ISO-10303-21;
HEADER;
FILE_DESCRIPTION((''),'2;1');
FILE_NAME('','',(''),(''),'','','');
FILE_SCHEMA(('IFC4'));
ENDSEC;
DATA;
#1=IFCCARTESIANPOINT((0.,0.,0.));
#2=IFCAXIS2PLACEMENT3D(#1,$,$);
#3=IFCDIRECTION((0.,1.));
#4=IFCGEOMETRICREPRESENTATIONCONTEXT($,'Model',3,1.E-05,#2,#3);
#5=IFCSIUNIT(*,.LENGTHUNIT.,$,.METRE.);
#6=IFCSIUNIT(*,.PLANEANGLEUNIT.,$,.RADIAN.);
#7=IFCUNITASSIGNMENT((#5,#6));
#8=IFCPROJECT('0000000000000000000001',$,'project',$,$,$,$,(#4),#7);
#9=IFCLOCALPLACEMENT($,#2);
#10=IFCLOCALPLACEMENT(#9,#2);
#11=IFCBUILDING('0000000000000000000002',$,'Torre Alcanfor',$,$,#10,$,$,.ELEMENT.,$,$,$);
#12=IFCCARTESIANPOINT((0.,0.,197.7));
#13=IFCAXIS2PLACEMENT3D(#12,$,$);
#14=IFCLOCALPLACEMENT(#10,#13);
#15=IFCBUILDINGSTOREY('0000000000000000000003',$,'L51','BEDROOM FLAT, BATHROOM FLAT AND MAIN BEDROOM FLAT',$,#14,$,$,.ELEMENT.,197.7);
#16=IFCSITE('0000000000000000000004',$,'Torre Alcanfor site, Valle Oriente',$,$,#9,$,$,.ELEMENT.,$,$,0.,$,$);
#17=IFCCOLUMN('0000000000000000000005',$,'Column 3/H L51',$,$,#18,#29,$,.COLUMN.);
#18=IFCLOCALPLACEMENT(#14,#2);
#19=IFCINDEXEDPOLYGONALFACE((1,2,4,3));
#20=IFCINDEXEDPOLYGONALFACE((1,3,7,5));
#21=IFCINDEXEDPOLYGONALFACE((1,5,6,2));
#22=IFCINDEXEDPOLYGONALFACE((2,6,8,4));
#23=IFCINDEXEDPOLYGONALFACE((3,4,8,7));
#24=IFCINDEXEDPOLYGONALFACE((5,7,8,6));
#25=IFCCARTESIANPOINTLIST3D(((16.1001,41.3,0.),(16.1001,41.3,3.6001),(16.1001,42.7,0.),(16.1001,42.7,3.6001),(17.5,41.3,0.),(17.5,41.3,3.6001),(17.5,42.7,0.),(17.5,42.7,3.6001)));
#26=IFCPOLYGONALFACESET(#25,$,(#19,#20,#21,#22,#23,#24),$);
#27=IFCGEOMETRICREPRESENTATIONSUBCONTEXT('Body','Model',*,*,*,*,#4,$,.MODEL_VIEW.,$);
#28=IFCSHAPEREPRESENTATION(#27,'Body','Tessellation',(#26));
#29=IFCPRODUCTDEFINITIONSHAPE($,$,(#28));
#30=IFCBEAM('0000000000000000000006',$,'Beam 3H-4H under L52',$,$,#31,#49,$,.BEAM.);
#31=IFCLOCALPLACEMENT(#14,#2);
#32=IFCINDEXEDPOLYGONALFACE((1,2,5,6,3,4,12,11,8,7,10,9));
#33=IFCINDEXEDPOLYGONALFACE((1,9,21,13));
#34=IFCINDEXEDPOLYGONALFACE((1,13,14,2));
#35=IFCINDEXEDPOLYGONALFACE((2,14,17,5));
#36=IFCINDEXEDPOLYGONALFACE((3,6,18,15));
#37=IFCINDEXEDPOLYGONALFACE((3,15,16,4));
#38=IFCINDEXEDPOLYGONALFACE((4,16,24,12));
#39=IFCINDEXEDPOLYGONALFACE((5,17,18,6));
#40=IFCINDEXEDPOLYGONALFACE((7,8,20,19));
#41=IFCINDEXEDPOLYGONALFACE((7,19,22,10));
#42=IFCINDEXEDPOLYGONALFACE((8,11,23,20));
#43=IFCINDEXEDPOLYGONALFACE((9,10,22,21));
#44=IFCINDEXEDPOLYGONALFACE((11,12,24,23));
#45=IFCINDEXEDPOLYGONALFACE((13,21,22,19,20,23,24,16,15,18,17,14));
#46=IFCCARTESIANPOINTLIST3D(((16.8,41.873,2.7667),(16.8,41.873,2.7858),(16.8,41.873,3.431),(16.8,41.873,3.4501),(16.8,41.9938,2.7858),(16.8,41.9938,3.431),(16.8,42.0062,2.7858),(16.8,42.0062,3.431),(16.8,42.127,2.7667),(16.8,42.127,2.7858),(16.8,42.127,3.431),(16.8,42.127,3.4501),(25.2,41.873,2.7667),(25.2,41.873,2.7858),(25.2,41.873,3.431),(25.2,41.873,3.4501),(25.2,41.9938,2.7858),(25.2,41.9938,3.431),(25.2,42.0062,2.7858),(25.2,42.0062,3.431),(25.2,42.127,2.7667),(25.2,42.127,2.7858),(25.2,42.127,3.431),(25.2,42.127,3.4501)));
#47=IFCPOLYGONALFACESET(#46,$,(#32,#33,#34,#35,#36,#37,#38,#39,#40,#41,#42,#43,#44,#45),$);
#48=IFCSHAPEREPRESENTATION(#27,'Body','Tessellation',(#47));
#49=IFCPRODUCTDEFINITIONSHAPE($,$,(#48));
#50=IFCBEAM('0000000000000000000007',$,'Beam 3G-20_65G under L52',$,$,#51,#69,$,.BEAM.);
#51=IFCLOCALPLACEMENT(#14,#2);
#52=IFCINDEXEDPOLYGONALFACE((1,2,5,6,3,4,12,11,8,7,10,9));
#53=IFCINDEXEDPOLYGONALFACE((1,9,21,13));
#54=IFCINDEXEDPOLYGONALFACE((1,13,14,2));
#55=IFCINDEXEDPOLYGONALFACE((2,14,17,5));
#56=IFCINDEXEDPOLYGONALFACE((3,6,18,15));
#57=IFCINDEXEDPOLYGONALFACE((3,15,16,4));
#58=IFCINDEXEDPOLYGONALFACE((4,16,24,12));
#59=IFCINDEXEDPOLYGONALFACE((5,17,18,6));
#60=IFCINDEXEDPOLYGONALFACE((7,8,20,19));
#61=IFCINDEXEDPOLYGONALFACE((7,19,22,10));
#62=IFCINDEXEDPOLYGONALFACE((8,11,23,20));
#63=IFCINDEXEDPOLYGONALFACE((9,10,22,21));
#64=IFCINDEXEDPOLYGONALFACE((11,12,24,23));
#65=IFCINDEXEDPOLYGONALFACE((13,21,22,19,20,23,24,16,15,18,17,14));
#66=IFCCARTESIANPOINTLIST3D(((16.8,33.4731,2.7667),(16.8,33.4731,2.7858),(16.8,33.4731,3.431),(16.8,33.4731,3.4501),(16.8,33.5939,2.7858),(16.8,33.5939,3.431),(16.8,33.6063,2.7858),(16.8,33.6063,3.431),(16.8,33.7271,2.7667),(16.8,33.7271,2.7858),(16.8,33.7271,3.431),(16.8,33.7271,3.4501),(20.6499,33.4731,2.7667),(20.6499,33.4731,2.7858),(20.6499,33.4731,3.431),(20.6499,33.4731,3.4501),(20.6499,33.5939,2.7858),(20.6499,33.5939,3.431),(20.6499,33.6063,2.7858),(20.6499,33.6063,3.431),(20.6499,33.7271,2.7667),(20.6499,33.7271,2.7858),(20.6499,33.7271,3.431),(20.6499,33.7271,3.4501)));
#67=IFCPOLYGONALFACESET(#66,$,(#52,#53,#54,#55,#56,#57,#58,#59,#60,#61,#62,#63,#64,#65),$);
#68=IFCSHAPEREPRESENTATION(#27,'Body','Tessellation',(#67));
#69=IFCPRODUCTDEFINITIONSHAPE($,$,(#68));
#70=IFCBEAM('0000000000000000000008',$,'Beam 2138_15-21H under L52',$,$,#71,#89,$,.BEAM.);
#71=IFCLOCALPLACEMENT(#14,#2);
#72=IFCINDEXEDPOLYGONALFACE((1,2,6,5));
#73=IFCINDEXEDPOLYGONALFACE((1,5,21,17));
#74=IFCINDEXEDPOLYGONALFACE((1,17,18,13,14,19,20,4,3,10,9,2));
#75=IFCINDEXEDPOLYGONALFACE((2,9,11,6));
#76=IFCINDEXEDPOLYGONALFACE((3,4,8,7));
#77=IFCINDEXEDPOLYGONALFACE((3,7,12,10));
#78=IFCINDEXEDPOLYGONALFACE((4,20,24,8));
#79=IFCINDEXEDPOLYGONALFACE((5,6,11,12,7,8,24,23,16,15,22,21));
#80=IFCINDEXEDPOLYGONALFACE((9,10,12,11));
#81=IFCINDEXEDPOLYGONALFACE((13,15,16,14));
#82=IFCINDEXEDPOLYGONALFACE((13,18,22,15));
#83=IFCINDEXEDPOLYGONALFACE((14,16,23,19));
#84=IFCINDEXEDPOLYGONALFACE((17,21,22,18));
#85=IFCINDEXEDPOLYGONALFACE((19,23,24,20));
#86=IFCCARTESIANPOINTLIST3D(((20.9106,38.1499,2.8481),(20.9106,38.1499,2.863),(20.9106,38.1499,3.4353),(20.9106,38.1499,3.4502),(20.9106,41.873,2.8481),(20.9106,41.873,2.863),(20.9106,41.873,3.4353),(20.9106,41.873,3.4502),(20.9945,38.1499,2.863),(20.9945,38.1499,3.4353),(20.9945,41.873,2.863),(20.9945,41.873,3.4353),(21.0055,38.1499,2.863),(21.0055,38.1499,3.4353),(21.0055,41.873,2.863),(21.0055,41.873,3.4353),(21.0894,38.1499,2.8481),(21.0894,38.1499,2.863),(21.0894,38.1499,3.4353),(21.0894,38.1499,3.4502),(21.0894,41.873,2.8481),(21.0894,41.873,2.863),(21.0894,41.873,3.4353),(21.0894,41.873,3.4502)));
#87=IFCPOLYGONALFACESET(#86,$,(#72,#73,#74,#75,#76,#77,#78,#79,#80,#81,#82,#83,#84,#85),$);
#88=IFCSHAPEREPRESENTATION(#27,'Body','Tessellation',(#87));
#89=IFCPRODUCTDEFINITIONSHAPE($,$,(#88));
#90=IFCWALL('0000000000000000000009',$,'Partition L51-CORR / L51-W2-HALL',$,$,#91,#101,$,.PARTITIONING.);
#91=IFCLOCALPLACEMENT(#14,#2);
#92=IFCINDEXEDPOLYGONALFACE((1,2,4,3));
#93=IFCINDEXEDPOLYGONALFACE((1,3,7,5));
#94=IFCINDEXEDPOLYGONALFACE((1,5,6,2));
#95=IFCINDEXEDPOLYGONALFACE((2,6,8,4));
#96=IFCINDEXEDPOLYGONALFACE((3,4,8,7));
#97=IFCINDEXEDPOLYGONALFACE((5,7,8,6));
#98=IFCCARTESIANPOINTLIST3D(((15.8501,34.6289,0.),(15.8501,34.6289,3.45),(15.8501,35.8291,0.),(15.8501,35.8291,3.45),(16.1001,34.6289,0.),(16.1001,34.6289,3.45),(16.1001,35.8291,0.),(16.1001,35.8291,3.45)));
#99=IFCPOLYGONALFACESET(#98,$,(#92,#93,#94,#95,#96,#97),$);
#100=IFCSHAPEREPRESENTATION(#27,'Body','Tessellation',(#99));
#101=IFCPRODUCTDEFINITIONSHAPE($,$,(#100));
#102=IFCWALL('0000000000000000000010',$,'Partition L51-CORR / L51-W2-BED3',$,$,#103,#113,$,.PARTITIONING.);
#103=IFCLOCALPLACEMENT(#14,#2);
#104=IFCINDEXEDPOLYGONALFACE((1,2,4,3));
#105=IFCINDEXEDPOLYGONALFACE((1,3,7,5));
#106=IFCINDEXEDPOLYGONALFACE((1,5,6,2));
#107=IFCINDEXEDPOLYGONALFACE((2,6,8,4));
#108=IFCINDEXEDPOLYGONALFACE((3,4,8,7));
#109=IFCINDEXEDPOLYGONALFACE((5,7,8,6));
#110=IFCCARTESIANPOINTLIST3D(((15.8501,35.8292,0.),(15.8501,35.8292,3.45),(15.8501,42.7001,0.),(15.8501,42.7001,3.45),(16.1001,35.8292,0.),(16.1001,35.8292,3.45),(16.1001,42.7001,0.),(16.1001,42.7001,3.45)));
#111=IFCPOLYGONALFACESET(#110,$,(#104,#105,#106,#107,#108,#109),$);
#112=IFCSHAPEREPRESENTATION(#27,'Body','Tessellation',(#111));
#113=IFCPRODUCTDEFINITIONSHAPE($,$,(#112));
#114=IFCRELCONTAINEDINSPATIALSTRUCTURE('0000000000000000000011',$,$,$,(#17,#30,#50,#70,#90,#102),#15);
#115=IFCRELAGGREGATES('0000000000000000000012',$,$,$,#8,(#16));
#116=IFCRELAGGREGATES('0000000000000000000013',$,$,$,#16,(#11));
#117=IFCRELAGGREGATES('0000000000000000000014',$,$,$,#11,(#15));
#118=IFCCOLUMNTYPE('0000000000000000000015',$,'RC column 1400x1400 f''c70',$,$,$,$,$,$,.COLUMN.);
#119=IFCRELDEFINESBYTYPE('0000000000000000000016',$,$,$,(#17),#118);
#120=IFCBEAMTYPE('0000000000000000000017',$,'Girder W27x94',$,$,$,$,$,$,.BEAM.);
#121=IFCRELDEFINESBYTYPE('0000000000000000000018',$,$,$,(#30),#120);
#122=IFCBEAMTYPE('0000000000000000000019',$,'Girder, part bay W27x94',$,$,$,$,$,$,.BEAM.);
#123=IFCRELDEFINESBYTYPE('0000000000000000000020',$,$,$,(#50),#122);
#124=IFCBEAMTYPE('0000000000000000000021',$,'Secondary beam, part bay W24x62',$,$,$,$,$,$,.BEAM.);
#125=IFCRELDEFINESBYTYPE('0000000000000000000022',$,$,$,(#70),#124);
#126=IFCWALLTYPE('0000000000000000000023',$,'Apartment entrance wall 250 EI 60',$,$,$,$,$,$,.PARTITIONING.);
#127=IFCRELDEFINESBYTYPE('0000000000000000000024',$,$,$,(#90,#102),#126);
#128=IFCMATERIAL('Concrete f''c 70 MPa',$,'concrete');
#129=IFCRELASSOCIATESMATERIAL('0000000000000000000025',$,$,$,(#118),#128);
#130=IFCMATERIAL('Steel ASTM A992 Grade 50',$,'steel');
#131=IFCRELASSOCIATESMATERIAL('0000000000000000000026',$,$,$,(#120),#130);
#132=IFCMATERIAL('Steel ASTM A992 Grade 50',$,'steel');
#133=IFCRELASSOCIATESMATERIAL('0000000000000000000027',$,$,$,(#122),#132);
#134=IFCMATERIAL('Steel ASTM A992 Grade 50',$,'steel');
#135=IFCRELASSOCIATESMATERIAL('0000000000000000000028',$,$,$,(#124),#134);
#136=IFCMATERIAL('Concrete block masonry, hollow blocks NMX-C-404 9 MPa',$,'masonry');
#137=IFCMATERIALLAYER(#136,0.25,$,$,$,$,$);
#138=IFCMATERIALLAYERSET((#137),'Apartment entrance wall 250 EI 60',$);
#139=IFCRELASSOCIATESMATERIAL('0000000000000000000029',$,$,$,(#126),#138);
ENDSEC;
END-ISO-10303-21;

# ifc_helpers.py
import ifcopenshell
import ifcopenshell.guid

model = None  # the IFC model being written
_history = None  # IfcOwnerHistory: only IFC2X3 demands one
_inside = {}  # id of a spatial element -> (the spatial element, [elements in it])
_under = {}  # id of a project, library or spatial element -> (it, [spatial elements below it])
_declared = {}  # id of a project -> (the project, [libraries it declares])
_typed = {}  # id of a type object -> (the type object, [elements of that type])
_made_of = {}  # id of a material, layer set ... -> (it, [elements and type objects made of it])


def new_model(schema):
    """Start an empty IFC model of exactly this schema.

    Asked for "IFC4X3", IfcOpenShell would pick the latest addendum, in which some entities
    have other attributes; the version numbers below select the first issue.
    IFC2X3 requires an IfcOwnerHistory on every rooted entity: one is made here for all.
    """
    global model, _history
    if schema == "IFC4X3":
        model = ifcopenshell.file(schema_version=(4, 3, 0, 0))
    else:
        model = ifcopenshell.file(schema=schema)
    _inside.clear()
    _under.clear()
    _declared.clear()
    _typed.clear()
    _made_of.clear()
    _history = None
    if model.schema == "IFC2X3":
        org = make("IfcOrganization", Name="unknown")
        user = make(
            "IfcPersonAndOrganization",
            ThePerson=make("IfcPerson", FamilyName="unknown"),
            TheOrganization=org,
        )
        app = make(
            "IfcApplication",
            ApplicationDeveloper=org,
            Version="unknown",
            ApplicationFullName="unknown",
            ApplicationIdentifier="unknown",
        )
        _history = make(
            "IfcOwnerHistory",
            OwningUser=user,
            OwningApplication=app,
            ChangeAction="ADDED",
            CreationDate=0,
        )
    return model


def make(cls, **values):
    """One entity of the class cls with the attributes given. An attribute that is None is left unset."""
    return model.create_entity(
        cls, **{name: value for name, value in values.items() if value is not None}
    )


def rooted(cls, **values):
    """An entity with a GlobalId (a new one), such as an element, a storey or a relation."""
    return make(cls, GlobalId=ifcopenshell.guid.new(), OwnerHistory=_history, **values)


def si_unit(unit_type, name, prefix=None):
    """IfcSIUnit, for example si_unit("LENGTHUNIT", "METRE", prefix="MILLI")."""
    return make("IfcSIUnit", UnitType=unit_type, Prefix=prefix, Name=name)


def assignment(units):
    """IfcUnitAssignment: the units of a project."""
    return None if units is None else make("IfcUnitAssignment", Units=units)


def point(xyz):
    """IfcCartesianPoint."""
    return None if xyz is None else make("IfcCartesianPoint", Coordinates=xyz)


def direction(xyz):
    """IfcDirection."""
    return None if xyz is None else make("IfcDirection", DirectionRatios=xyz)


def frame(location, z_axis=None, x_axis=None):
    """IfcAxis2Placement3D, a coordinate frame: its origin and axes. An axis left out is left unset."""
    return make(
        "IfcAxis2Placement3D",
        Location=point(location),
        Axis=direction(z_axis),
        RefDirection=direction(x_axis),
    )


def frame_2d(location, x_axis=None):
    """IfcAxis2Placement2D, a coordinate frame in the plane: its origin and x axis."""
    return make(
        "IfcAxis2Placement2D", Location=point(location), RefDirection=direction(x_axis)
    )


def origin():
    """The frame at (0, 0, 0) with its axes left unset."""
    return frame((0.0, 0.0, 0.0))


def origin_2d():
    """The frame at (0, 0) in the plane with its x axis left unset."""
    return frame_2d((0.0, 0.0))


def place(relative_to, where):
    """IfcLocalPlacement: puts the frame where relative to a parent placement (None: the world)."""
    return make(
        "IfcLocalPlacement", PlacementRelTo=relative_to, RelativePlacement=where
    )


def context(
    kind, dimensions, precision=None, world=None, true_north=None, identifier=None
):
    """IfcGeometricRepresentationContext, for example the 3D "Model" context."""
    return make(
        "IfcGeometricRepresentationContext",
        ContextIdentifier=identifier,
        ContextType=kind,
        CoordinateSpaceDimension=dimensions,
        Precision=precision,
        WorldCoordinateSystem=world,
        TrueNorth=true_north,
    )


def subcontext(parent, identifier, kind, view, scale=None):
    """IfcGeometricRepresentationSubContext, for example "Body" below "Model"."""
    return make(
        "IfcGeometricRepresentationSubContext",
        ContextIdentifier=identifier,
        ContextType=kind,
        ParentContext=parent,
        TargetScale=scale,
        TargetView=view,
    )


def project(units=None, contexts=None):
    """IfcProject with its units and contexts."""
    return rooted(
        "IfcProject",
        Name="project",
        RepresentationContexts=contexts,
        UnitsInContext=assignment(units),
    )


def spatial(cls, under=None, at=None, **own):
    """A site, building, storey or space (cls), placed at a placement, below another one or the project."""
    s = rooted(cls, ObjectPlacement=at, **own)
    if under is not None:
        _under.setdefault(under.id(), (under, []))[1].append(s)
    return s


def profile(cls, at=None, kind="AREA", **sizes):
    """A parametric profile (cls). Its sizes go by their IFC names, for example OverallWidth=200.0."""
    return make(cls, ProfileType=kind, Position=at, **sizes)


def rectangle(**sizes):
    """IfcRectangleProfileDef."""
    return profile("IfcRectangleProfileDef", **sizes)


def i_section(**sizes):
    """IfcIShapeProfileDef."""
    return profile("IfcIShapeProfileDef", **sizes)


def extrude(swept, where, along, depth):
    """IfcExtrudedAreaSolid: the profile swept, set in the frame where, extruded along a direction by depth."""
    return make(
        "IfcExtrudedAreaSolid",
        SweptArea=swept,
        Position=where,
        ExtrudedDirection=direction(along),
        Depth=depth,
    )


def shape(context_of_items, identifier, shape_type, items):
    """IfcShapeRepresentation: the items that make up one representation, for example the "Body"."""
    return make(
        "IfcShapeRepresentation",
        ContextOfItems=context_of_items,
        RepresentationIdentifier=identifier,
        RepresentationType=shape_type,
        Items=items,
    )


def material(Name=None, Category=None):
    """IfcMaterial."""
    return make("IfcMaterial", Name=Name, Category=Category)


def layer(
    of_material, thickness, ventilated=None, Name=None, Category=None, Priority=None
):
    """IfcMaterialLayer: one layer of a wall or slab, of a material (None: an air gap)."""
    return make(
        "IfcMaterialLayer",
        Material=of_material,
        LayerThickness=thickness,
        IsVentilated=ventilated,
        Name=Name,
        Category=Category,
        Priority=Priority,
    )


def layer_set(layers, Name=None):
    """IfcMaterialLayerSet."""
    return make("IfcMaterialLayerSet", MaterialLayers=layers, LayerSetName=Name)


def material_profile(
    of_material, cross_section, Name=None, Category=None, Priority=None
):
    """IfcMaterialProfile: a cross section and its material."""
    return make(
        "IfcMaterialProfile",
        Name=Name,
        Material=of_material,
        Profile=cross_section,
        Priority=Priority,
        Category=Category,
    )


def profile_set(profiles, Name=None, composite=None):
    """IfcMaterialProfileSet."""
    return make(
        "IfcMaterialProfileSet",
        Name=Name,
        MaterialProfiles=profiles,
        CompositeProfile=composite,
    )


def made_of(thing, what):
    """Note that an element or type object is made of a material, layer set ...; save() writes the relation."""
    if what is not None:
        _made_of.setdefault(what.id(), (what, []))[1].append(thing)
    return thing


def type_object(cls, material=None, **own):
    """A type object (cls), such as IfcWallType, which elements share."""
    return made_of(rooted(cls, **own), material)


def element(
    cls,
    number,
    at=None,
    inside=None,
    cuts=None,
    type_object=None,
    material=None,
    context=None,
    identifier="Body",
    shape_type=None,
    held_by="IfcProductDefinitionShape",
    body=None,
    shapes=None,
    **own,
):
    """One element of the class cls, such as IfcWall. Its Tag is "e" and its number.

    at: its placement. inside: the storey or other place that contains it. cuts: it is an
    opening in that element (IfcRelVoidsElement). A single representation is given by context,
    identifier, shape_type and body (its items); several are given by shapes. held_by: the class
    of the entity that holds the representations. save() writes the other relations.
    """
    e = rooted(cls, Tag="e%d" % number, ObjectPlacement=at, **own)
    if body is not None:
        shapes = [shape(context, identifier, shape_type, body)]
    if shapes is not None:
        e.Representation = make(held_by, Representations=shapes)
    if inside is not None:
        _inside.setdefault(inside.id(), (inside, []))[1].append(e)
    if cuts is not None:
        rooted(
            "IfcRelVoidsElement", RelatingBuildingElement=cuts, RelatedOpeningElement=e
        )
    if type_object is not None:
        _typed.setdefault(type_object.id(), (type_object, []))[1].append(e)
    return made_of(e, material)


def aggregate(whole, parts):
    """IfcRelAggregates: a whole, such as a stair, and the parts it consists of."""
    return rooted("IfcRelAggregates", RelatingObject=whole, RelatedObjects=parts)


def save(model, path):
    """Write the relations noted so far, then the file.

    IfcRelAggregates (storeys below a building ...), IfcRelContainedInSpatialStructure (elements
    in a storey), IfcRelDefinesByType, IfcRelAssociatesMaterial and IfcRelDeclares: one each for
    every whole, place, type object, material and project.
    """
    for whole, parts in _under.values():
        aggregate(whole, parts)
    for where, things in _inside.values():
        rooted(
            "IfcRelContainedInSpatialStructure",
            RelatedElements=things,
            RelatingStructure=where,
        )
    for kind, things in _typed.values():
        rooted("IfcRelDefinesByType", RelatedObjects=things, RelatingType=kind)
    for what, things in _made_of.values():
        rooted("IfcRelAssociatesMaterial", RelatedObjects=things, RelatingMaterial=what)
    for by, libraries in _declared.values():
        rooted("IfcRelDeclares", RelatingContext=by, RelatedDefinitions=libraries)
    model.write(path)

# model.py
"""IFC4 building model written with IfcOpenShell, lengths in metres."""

from ifc_helpers import new_model, si_unit, direction, frame, frame_2d, origin, origin_2d, place, context, subcontext, project, spatial, rectangle, i_section, extrude, material, layer, layer_set, material_profile, profile_set, type_object, element, save


model = new_model("IFC4")

# Units and contexts
model_context = context("Model", 3, precision=1e-05, world=origin(), true_north=direction((0.0, 1.0)))
body_context = subcontext(model_context, "Body", "Model", "MODEL_VIEW")
ifc_project = project(units=[si_unit("LENGTHUNIT", "METRE"), si_unit("PLANEANGLEUNIT", "RADIAN")], contexts=[model_context])

# Site, building, storey
site_placement = place(None, origin())
site = spatial("IfcSite", under=ifc_project, at=site_placement, Name="Torre Alcanfor site, Valle Oriente", CompositionType="ELEMENT", RefElevation=0.0)
building_placement = place(site_placement, origin())
building = spatial("IfcBuilding", under=site, at=building_placement, Name="Torre Alcanfor", CompositionType="ELEMENT")
storey_placement = place(building_placement, frame((0.0, 0.0, 197.7)))
storey = spatial("IfcBuildingStorey", under=building, at=storey_placement, Name="L51", Description="BEDROOM FLAT, BATHROOM FLAT AND MAIN BEDROOM FLAT", CompositionType="ELEMENT", Elevation=197.7)

# Column
ifc_material_1 = material(Name="Concrete f'c 70 MPa", Category="concrete")
ifc_material_profile_1 = material_profile(ifc_material_1, rectangle(XDim=1.3999, YDim=1.3999, at=origin_2d()), Name="1400x1400")
ifc_profile_set_1 = profile_set([ifc_material_profile_1], Name="Concrete f'c 70 MPa")
column_type = type_object("IfcColumnType", Name="RC column 1400x1400 f'c70", PredefinedType="COLUMN", material=ifc_profile_set_1)
column_placement = place(storey_placement, frame((16.8, 42.0, 0.0), z_axis=(0.0, 0.0, 1.0), x_axis=(1.0, 0.0, 0.0)))
element("IfcColumn", 1, at=column_placement, inside=storey, type_object=column_type, Name="Column 3/H L51", PredefinedType="COLUMN", context=body_context, shape_type="SweptSolid", body=[
    extrude(rectangle(XDim=1.3999, YDim=1.3999, at=origin_2d()), origin(), (0.0, 0.0, 1.0), 3.6001),
])

# Beams
ifc_material_2 = material(Name="Steel ASTM A992 Grade 50", Category="steel")
ifc_material_profile_2 = material_profile(ifc_material_2, i_section(OverallWidth=0.2539, OverallDepth=0.6833, WebThickness=0.0125, FlangeThickness=0.019, at=origin_2d()), Name="W27x94")
ifc_profile_set_2 = profile_set([ifc_material_profile_2], Name="Steel ASTM A992 Grade 50")
beam_type_1 = type_object("IfcBeamType", Name="Girder W27x94", PredefinedType="BEAM", material=ifc_profile_set_2)
beam_1_placement = place(storey_placement, frame((16.8, 42.0, 3.1084), z_axis=(1.0, 0.0, 0.0), x_axis=(0.0, 1.0, 0.0)))
element("IfcBeam", 2, at=beam_1_placement, inside=storey, type_object=beam_type_1, Name="Beam 3H-4H under L52", PredefinedType="BEAM", context=body_context, shape_type="SweptSolid", body=[
    extrude(i_section(OverallWidth=0.2539, OverallDepth=0.6833, WebThickness=0.0125, FlangeThickness=0.019, at=origin_2d()), origin(), (0.0, 0.0, 1.0), 8.3999),
])
ifc_material_3 = material(Name="Steel ASTM A992 Grade 50", Category="steel")
ifc_material_profile_3 = material_profile(ifc_material_3, i_section(OverallWidth=0.2539, OverallDepth=0.6833, WebThickness=0.0125, FlangeThickness=0.019, at=origin_2d()), Name="W27x94")
ifc_profile_set_3 = profile_set([ifc_material_profile_3], Name="Steel ASTM A992 Grade 50")
beam_type_2 = type_object("IfcBeamType", Name="Girder, part bay W27x94", PredefinedType="BEAM", material=ifc_profile_set_3)
beam_2_placement = place(storey_placement, frame((16.8, 33.6001, 3.1084), z_axis=(1.0, 0.0, 0.0), x_axis=(0.0, 1.0, 0.0)))
element("IfcBeam", 3, at=beam_2_placement, inside=storey, type_object=beam_type_2, Name="Beam 3G-20_65G under L52", PredefinedType="BEAM", context=body_context, shape_type="SweptSolid", body=[
    extrude(i_section(OverallWidth=0.2539, OverallDepth=0.6833, WebThickness=0.0125, FlangeThickness=0.019, at=origin_2d()), origin(), (0.0, 0.0, 1.0), 3.8499),
])
ifc_material_4 = material(Name="Steel ASTM A992 Grade 50", Category="steel")
ifc_material_profile_4 = material_profile(ifc_material_4, i_section(OverallWidth=0.1787, OverallDepth=0.6021, WebThickness=0.011, FlangeThickness=0.0149, at=origin_2d()), Name="W24x62")
ifc_profile_set_4 = profile_set([ifc_material_profile_4], Name="Steel ASTM A992 Grade 50")
beam_type_3 = type_object("IfcBeamType", Name="Secondary beam, part bay W24x62", PredefinedType="BEAM", material=ifc_profile_set_4)
beam_3_placement = place(storey_placement, frame((21.0, 38.1499, 3.1492), z_axis=(0.0, 1.0, 0.0), x_axis=(-1.0, 0.0, 0.0)))
element("IfcBeam", 4, at=beam_3_placement, inside=storey, type_object=beam_type_3, Name="Beam 2138_15-21H under L52", PredefinedType="BEAM", context=body_context, shape_type="SweptSolid", body=[
    extrude(i_section(OverallWidth=0.1787, OverallDepth=0.6021, WebThickness=0.011, FlangeThickness=0.0149, at=origin_2d()), origin(), (0.0, 0.0, 1.0), 3.7231),
])

# Walls
ifc_material_5 = material(Name="Concrete block masonry, hollow blocks NMX-C-404 9 MPa", Category="masonry")
ifc_layer_1 = layer(ifc_material_5, 0.25)
ifc_layer_set_1 = layer_set([ifc_layer_1], Name="Apartment entrance wall 250 EI 60")
wall_type_1 = type_object("IfcWallType", Name="Apartment entrance wall 250 EI 60", PredefinedType="PARTITIONING", material=ifc_layer_set_1)
wall_1_placement = place(storey_placement, frame((15.9751, 34.6289, 0.0), z_axis=(0.0, 0.0, 1.0), x_axis=(0.0, 1.0, 0.0)))
element("IfcWall", 5, at=wall_1_placement, inside=storey, type_object=wall_type_1, Name="Partition L51-CORR / L51-W2-HALL", PredefinedType="PARTITIONING", context=body_context, shape_type="SweptSolid", body=[
    extrude(rectangle(XDim=1.2002, YDim=0.25, at=frame_2d((0.6001, 0.0))), origin(), (0.0, 0.0, 1.0), 3.45),
])
wall_2_placement = place(storey_placement, frame((15.9751, 35.8291, 0.0), z_axis=(0.0, 0.0, 1.0), x_axis=(0.0, 1.0, 0.0)))
element("IfcWall", 6, at=wall_2_placement, inside=storey, type_object=wall_type_1, Name="Partition L51-CORR / L51-W2-BED3", PredefinedType="PARTITIONING", context=body_context, shape_type="SweptSolid", body=[
    extrude(rectangle(XDim=6.8708, YDim=0.25, at=frame_2d((3.4355, 0.0))), origin(), (0.0, 0.0, 1.0), 3.45),
])

save(model, "model.ifc")
